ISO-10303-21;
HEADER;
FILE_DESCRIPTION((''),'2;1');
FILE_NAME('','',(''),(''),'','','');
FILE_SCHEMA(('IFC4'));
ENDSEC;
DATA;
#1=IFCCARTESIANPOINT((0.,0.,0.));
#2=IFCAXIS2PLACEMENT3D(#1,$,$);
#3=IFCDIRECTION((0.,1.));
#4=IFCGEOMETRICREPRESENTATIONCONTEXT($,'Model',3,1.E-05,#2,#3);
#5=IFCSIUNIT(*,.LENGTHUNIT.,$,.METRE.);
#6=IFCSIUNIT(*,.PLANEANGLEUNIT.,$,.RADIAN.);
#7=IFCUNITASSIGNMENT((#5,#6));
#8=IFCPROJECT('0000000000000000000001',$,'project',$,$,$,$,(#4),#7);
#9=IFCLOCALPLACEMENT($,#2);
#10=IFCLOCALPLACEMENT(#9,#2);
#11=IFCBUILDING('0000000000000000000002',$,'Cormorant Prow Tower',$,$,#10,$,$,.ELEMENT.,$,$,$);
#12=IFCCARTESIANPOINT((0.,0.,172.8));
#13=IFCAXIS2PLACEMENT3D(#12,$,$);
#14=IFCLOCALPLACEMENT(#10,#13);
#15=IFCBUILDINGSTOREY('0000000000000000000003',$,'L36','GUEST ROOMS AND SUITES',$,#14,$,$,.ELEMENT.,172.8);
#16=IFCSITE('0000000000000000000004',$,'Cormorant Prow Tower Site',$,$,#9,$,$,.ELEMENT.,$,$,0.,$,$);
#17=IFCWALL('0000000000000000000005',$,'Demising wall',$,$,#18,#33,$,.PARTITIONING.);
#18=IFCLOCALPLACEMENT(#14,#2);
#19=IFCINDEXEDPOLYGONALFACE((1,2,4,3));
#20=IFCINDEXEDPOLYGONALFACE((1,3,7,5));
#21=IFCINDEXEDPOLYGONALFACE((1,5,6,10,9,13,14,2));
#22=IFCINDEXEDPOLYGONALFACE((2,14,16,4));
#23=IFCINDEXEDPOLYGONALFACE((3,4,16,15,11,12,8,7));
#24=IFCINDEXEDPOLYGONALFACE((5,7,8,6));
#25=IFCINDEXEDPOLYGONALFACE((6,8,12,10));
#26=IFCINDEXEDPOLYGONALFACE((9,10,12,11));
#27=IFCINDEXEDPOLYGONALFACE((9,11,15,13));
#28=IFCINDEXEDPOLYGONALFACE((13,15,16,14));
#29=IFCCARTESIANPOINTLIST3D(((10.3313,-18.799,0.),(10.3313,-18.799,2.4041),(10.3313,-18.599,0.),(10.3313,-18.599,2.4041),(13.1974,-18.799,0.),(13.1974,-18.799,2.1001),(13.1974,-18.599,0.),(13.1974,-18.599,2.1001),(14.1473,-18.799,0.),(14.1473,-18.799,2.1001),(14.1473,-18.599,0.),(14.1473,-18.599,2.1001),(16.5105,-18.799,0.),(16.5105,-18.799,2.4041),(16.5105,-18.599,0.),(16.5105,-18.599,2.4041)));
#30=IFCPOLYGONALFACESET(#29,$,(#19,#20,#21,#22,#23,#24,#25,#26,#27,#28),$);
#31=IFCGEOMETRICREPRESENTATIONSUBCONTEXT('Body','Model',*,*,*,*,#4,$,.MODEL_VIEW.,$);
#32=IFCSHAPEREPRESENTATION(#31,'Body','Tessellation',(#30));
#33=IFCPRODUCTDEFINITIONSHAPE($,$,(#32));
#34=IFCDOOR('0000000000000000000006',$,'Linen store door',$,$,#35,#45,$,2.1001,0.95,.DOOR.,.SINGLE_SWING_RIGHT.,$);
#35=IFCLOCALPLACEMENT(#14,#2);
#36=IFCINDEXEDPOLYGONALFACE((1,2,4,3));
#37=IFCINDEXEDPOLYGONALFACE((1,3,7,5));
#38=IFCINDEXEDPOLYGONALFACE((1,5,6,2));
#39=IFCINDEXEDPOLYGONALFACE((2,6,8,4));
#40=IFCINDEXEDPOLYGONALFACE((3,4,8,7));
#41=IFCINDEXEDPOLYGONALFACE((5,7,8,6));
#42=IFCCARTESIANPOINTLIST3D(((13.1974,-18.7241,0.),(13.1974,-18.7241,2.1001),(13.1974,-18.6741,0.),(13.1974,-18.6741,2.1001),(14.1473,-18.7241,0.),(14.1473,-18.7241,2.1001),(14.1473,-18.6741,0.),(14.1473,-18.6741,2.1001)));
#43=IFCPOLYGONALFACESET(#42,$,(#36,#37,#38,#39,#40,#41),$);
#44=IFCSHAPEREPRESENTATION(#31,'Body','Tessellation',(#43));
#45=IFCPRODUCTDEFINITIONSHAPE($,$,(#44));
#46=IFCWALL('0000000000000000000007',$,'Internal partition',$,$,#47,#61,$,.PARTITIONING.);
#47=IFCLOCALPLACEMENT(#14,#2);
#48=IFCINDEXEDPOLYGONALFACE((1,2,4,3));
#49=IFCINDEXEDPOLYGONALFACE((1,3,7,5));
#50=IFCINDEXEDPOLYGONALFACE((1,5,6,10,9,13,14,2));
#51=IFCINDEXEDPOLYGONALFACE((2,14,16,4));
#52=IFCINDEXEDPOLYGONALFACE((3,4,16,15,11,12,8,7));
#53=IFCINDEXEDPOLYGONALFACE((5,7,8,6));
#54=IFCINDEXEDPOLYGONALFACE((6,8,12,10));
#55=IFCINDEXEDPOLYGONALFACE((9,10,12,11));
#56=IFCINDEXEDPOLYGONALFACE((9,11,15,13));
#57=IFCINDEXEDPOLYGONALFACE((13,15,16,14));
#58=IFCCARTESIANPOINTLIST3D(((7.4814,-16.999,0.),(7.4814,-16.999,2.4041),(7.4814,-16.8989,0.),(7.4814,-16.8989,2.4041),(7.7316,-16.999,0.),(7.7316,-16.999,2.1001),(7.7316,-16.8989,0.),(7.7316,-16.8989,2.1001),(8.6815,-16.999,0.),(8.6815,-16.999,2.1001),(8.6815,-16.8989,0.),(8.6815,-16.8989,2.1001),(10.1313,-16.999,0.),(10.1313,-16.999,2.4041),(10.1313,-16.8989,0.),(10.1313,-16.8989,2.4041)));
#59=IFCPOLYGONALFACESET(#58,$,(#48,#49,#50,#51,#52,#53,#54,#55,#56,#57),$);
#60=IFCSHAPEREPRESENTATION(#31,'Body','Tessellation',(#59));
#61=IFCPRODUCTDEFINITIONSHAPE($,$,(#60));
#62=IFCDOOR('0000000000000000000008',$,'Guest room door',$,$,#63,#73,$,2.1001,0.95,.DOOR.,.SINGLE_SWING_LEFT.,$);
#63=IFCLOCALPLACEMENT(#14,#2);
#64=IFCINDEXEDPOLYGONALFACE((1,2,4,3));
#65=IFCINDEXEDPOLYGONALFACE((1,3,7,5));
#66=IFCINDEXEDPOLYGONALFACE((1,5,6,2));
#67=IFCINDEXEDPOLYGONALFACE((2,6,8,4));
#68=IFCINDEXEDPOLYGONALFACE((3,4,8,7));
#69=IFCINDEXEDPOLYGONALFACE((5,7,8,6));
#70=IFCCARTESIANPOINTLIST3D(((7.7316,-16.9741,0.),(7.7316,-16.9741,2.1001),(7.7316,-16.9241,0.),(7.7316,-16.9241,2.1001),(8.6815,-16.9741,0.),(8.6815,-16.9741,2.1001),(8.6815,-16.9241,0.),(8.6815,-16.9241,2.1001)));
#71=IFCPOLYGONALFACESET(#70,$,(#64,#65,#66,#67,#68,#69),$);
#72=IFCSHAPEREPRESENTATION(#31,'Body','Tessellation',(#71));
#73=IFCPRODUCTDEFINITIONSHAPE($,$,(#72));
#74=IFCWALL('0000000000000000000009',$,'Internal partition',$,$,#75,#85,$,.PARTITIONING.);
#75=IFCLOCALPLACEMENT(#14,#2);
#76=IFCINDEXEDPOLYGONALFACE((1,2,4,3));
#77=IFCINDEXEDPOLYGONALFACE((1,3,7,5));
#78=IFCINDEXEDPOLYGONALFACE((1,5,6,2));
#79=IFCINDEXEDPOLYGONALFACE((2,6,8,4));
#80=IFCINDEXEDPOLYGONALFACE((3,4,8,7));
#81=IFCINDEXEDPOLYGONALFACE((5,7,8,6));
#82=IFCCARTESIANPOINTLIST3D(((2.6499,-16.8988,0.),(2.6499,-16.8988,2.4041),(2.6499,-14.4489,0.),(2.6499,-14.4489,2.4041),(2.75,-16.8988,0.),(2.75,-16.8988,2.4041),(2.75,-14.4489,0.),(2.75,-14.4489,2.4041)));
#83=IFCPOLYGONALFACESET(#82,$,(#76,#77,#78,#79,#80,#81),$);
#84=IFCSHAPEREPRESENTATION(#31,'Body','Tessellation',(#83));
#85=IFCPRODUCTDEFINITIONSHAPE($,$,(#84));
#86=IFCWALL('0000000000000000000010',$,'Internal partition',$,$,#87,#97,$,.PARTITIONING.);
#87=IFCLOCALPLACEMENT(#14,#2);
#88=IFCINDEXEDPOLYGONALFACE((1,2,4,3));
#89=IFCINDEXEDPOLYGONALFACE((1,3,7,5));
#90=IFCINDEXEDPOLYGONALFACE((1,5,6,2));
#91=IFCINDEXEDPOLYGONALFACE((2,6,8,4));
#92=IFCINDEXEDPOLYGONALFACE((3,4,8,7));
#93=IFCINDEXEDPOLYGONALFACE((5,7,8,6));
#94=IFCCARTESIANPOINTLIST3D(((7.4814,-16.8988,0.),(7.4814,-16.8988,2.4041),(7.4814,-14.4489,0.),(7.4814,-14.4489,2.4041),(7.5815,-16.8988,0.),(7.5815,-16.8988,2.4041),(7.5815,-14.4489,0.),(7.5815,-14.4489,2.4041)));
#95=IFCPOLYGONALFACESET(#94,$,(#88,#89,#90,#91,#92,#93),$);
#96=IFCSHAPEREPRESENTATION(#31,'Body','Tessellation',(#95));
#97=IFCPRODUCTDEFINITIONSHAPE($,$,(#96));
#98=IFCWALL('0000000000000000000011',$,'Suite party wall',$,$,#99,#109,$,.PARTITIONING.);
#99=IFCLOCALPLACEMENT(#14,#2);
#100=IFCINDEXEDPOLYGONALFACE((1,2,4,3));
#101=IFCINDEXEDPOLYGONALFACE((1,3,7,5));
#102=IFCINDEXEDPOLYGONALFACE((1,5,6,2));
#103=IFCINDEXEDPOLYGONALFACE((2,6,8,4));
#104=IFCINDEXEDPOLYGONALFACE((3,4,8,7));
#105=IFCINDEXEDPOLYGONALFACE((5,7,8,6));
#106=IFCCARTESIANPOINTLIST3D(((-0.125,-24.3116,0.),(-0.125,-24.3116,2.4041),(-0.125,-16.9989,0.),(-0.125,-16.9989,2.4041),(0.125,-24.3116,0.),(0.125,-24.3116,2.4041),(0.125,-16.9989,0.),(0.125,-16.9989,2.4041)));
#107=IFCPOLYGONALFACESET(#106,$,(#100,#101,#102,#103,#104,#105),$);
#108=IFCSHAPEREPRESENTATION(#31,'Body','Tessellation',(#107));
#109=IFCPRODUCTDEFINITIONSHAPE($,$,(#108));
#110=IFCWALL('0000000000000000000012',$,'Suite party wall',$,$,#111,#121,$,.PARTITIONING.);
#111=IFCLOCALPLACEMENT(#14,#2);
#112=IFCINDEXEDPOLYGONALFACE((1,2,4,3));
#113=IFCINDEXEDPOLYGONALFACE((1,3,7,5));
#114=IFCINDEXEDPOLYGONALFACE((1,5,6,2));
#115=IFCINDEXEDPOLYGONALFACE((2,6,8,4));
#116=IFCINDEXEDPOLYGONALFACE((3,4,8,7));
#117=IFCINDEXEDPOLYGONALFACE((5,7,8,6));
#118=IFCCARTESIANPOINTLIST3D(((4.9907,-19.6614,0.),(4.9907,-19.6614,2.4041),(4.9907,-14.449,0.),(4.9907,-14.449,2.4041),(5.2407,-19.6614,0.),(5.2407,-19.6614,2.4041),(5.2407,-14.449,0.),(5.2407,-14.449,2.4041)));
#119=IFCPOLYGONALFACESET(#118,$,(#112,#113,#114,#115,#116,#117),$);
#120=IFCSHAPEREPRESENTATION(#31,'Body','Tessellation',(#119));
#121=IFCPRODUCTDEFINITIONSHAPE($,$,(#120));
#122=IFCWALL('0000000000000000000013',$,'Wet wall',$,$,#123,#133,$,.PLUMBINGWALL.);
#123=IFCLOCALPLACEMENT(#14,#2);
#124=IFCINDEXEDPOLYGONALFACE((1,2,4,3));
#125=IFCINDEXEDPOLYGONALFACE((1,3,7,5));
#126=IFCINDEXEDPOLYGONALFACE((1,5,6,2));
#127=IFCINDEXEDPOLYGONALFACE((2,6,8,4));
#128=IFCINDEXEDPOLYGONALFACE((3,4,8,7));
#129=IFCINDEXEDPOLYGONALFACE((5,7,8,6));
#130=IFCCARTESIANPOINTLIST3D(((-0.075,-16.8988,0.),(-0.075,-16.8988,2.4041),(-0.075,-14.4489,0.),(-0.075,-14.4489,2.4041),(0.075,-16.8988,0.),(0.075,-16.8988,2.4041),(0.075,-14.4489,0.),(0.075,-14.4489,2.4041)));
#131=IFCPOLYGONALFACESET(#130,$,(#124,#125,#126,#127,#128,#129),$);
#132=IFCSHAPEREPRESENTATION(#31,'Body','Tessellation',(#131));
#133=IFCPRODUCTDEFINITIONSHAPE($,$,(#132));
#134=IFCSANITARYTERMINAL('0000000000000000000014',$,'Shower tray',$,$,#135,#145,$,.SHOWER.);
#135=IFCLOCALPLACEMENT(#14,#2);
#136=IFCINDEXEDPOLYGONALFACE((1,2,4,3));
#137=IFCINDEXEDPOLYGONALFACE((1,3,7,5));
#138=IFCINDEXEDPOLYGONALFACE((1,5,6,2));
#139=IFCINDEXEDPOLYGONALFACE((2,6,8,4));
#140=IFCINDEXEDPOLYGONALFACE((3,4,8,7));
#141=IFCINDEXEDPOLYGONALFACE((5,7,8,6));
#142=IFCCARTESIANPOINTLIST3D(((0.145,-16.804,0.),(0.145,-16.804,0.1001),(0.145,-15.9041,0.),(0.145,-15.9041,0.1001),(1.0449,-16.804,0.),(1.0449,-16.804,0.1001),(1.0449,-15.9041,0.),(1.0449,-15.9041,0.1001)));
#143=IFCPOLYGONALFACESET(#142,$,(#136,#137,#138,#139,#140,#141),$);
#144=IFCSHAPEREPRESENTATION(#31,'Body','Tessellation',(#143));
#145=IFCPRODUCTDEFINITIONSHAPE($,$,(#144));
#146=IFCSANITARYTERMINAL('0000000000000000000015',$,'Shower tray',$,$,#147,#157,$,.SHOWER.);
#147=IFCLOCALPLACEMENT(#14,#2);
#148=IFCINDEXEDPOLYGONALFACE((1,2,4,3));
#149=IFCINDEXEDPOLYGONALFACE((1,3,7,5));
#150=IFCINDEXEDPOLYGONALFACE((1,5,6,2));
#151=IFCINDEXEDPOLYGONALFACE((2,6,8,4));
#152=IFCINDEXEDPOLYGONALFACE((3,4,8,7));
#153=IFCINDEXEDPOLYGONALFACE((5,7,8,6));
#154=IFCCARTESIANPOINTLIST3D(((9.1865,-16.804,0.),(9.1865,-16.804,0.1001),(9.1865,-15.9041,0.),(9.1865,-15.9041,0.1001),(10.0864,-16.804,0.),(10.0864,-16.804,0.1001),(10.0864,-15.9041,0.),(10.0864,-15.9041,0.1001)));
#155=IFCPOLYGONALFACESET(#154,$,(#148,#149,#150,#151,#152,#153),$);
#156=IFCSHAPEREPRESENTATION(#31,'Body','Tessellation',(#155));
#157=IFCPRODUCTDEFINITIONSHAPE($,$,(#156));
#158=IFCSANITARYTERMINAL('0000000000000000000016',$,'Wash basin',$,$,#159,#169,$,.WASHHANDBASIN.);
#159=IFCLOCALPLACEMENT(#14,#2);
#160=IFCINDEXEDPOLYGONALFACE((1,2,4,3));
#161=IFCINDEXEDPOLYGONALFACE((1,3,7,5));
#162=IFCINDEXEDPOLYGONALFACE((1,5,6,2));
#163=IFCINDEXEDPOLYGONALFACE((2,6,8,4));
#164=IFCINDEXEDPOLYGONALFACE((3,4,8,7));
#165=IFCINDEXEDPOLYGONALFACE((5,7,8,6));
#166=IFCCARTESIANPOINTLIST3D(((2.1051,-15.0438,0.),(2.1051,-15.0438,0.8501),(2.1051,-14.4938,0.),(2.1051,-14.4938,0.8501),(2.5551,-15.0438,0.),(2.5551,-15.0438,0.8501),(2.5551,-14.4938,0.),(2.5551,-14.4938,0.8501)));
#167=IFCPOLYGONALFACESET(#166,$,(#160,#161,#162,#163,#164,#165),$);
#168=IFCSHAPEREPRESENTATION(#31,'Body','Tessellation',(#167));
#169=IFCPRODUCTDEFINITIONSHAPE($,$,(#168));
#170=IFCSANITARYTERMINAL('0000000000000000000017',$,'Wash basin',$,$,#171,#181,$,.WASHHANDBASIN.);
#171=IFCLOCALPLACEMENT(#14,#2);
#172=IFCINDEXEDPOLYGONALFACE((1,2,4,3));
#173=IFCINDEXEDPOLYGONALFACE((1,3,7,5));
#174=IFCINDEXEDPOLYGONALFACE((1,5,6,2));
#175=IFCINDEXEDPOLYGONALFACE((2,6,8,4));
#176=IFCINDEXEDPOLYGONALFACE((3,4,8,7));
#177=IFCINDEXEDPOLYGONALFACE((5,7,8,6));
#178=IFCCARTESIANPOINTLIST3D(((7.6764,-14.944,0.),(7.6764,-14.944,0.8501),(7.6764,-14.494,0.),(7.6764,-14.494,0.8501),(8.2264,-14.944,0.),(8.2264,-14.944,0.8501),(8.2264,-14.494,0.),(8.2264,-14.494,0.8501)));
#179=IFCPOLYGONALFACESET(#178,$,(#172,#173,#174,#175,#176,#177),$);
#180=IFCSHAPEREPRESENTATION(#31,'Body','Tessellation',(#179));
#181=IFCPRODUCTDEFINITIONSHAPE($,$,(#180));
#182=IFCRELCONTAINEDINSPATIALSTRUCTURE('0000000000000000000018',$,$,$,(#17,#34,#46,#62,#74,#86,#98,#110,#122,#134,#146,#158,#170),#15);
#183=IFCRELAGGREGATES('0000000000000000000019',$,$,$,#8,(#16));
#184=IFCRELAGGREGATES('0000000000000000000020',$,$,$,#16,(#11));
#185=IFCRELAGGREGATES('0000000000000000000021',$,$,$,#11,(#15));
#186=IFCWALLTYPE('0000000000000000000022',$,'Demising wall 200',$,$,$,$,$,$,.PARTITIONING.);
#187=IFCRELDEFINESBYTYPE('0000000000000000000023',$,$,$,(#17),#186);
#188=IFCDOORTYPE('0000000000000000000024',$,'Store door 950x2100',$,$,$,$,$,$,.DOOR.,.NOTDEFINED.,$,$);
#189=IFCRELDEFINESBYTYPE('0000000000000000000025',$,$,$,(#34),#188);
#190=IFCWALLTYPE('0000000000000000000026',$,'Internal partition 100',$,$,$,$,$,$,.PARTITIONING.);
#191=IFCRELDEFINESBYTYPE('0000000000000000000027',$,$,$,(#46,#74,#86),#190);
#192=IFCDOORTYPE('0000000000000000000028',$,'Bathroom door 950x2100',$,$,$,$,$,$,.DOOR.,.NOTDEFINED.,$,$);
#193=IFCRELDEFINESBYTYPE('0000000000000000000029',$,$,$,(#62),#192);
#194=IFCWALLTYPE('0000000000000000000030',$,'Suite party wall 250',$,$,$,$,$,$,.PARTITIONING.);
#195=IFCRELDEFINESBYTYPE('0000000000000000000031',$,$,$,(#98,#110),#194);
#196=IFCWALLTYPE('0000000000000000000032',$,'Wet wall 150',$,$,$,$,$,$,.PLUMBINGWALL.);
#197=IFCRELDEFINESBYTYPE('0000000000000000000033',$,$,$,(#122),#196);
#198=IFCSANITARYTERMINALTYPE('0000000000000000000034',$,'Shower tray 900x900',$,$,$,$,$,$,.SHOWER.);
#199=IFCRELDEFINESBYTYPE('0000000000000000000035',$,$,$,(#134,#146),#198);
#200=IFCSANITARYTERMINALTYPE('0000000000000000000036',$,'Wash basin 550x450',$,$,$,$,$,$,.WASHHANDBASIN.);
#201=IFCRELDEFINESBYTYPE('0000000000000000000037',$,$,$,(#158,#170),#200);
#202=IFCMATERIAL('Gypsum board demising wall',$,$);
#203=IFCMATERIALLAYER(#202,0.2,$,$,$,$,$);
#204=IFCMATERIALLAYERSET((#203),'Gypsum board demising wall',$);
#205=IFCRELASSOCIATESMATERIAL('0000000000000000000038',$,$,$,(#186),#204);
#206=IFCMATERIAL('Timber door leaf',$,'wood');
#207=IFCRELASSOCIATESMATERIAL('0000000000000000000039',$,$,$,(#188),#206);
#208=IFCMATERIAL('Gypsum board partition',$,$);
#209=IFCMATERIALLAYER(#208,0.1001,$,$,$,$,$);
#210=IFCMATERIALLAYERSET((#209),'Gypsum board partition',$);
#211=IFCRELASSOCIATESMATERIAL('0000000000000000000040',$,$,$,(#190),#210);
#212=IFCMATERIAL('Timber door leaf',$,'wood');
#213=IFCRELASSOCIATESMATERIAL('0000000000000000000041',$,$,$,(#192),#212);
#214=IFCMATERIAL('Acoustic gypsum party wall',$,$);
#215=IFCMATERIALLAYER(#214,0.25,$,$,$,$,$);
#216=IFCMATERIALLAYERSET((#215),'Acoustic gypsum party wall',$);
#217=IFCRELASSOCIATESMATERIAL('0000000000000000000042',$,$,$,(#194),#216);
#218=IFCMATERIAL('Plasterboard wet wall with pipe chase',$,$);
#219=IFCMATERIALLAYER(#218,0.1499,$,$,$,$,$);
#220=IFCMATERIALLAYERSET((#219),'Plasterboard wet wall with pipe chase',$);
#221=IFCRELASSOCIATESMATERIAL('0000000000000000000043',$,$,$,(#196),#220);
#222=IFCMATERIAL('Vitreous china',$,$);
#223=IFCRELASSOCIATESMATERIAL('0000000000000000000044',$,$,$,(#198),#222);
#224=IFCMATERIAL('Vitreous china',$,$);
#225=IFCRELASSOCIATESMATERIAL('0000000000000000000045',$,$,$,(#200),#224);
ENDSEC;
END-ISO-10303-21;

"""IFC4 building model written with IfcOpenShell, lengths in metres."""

from ifc_helpers import new_model, si_unit, direction, frame, frame_2d, origin, origin_2d, place, context, subcontext, project, spatial, rectangle, extrude, material, layer, layer_set, type_object, element, fill, save


model = new_model("IFC4")

# Units and contexts
model_context = context("Model", 3, precision=1e-05, world=origin(), true_north=direction((0.0, 1.0)))
body_context = subcontext(model_context, "Body", "Model", "MODEL_VIEW")
ifc_project = project(units=[si_unit("LENGTHUNIT", "METRE"), si_unit("PLANEANGLEUNIT", "RADIAN")], contexts=[model_context])

# Site, building, storey
site_placement = place(None, origin())
site = spatial("IfcSite", under=ifc_project, at=site_placement, Name="Cormorant Prow Tower Site", CompositionType="ELEMENT", RefElevation=0.0)
building_placement = place(site_placement, origin())
building = spatial("IfcBuilding", under=site, at=building_placement, Name="Cormorant Prow Tower", CompositionType="ELEMENT")
storey_placement = place(building_placement, frame((0.0, 0.0, 172.8)))
storey = spatial("IfcBuildingStorey", under=building, at=storey_placement, Name="L36", Description="GUEST ROOMS AND SUITES", CompositionType="ELEMENT", Elevation=172.8)

# Shared definitions
ifc_material_1 = material(Name="Gypsum board demising wall")
ifc_layer_1 = layer(ifc_material_1, 0.2)
ifc_layer_set_1 = layer_set([ifc_layer_1], Name="Gypsum board demising wall")
wall_type_1 = type_object("IfcWallType", Name="Demising wall 200", PredefinedType="PARTITIONING", material=ifc_layer_set_1)

# Walls, openings, doors
wall_1_placement = place(storey_placement, frame((10.3313, -18.699, 0.0), z_axis=(0.0, 0.0, 1.0), x_axis=(1.0, 0.0, 0.0)))
wall_1 = element("IfcWall", 1, at=wall_1_placement, inside=storey, type_object=wall_type_1, Name="Demising wall", PredefinedType="PARTITIONING", context=body_context, shape_type="SweptSolid", body=[
    extrude(rectangle(XDim=6.1792, YDim=0.2, at=frame_2d((3.0896, 0.0))), origin(), (0.0, 0.0, 1.0), 2.4041),
])
opening_1_placement = place(wall_1_placement, frame((2.866, 0.0, 0.0)))
opening_1 = element("IfcOpeningElement", 2, at=opening_1_placement, cuts=wall_1, PredefinedType="OPENING", context=body_context, shape_type="SweptSolid", body=[
    extrude(rectangle(XDim=0.95, YDim=2.1001, at=frame_2d((0.4751, 1.05))), frame((0.0, 0.1099, 0.0), z_axis=(0.0, -1.0, 0.0), x_axis=(1.0, 0.0, 0.0)), (0.0, 0.0, 1.0), 0.22),
])
ifc_material_2 = material(Name="Timber door leaf", Category="wood")
door_type_1 = type_object("IfcDoorType", Name="Store door 950x2100", OperationType="NOTDEFINED", PredefinedType="DOOR", material=ifc_material_2)
door_1_placement = place(opening_1_placement, origin())
door_1 = element("IfcDoor", 3, at=door_1_placement, inside=storey, type_object=door_type_1, Name="Linen store door", OperationType="SINGLE_SWING_RIGHT", OverallHeight=2.1001, OverallWidth=0.95, PredefinedType="DOOR", context=body_context, shape_type="SweptSolid", body=[
    extrude(rectangle(XDim=0.95, YDim=2.1001, at=frame_2d((0.4751, 1.05))), frame((0.0, 0.0249, 0.0), z_axis=(0.0, -1.0, 0.0), x_axis=(1.0, 0.0, 0.0)), (0.0, 0.0, 1.0), 0.05),
])
fill(opening_1, door_1)
ifc_material_3 = material(Name="Gypsum board partition")
ifc_layer_2 = layer(ifc_material_3, 0.1001)
ifc_layer_set_2 = layer_set([ifc_layer_2], Name="Gypsum board partition")
wall_type_2 = type_object("IfcWallType", Name="Internal partition 100", PredefinedType="PARTITIONING", material=ifc_layer_set_2)
wall_2_placement = place(storey_placement, frame((7.4814, -16.949, 0.0), z_axis=(0.0, 0.0, 1.0), x_axis=(1.0, 0.0, 0.0)))
wall_2 = element("IfcWall", 4, at=wall_2_placement, inside=storey, type_object=wall_type_2, Name="Internal partition", PredefinedType="PARTITIONING", context=body_context, shape_type="SweptSolid", body=[
    extrude(rectangle(XDim=2.6499, YDim=0.1001, at=frame_2d((1.325, 0.0))), origin(), (0.0, 0.0, 1.0), 2.4041),
])
opening_2_placement = place(wall_2_placement, frame((0.25, 0.0, 0.0)))
opening_2 = element("IfcOpeningElement", 5, at=opening_2_placement, cuts=wall_2, PredefinedType="OPENING", context=body_context, shape_type="SweptSolid", body=[
    extrude(rectangle(XDim=0.95, YDim=2.1001, at=frame_2d((0.4751, 1.05))), frame((0.0, 0.0601, 0.0), z_axis=(0.0, -1.0, 0.0), x_axis=(1.0, 0.0, 0.0)), (0.0, 0.0, 1.0), 0.1201),
])
ifc_material_4 = material(Name="Timber door leaf", Category="wood")
door_type_2 = type_object("IfcDoorType", Name="Bathroom door 950x2100", OperationType="NOTDEFINED", PredefinedType="DOOR", material=ifc_material_4)
door_2_placement = place(opening_2_placement, origin())
door_2 = element("IfcDoor", 6, at=door_2_placement, inside=storey, type_object=door_type_2, Name="Guest room door", OperationType="SINGLE_SWING_LEFT", OverallHeight=2.1001, OverallWidth=0.95, PredefinedType="DOOR", context=body_context, shape_type="SweptSolid", body=[
    extrude(rectangle(XDim=0.95, YDim=2.1001, at=frame_2d((0.4751, 1.05))), frame((0.0, 0.0249, 0.0), z_axis=(0.0, -1.0, 0.0), x_axis=(1.0, 0.0, 0.0)), (0.0, 0.0, 1.0), 0.05),
])
fill(opening_2, door_2)

# Walls
for number, where, z_axis, x_axis, name in (
    (7, (2.7, -16.8989, 0.0), (0.0, 0.0, 1.0), (0.0, 1.0, 0.0), "Internal partition"),
    (8, (7.5315, -16.8989, 0.0), (0.0, 0.0, 1.0), (0.0, 1.0, 0.0), "Internal partition"),
):
    element("IfcWall", number, at=place(storey_placement, frame(where, z_axis=z_axis, x_axis=x_axis)), inside=storey, type_object=wall_type_2, Name=name, PredefinedType="PARTITIONING", context=body_context, shape_type="SweptSolid", body=[
        extrude(rectangle(XDim=2.45, YDim=0.1001, at=frame_2d((1.2251, 0.0))), origin(), (0.0, 0.0, 1.0), 2.4041),
    ])
ifc_material_5 = material(Name="Acoustic gypsum party wall")
ifc_layer_3 = layer(ifc_material_5, 0.25)
ifc_layer_set_3 = layer_set([ifc_layer_3], Name="Acoustic gypsum party wall")
wall_type_3 = type_object("IfcWallType", Name="Suite party wall 250", PredefinedType="PARTITIONING", material=ifc_layer_set_3)
wall_3_placement = place(storey_placement, frame((0.0, -24.3115, 0.0), z_axis=(0.0, 0.0, 1.0), x_axis=(0.0, 1.0, 0.0)))
element("IfcWall", 9, at=wall_3_placement, inside=storey, type_object=wall_type_3, Name="Suite party wall", PredefinedType="PARTITIONING", context=body_context, shape_type="SweptSolid", body=[
    extrude(rectangle(XDim=7.3127, YDim=0.25, at=frame_2d((3.6562, 0.0))), origin(), (0.0, 0.0, 1.0), 2.4041),
])
wall_4_placement = place(storey_placement, frame((5.1157, -19.6614, 0.0), z_axis=(0.0, 0.0, 1.0), x_axis=(0.0, 1.0, 0.0)))
element("IfcWall", 10, at=wall_4_placement, inside=storey, type_object=wall_type_3, Name="Suite party wall", PredefinedType="PARTITIONING", context=body_context, shape_type="SweptSolid", body=[
    extrude(rectangle(XDim=5.2124, YDim=0.25, at=frame_2d((2.6062, 0.0))), origin(), (0.0, 0.0, 1.0), 2.4041),
])

# Wall
ifc_material_6 = material(Name="Plasterboard wet wall with pipe chase")
ifc_layer_4 = layer(ifc_material_6, 0.1499)
ifc_layer_set_4 = layer_set([ifc_layer_4], Name="Plasterboard wet wall with pipe chase")
wall_type_4 = type_object("IfcWallType", Name="Wet wall 150", PredefinedType="PLUMBINGWALL", material=ifc_layer_set_4)
wall_5_placement = place(storey_placement, frame((0.0, -16.8989, 0.0), z_axis=(0.0, 0.0, 1.0), x_axis=(0.0, 1.0, 0.0)))
element("IfcWall", 11, at=wall_5_placement, inside=storey, type_object=wall_type_4, Name="Wet wall", PredefinedType="PLUMBINGWALL", context=body_context, shape_type="SweptSolid", body=[
    extrude(rectangle(XDim=2.45, YDim=0.1499, at=frame_2d((1.2251, 0.0))), origin(), (0.0, 0.0, 1.0), 2.4041),
])

# Sanitary terminals
ifc_material_7 = material(Name="Vitreous china")
sanitary_terminal_type_1 = type_object("IfcSanitaryTerminalType", Name="Shower tray 900x900", PredefinedType="SHOWER", material=ifc_material_7)
for number, where, z_axis, x_axis, name in (
    (12, (0.595, -16.354, 0.0), (0.0, 0.0, 1.0), (0.0, 1.0, 0.0), "Shower tray"),
    (13, (9.6365, -16.354, 0.0), (0.0, 0.0, 1.0), (-1.0, 0.0, 0.0), "Shower tray"),
):
    element("IfcSanitaryTerminal", number, at=place(storey_placement, frame(where, z_axis=z_axis, x_axis=x_axis)), inside=storey, type_object=sanitary_terminal_type_1, Name=name, PredefinedType="SHOWER", context=body_context, shape_type="SweptSolid", body=[
        extrude(rectangle(XDim=0.8999, YDim=0.8999, at=origin_2d()), origin(), (0.0, 0.0, 1.0), 0.1001),
    ])
ifc_material_8 = material(Name="Vitreous china")
sanitary_terminal_type_2 = type_object("IfcSanitaryTerminalType", Name="Wash basin 550x450", PredefinedType="WASHHANDBASIN", material=ifc_material_8)
for number, where, z_axis, x_axis, name in (
    (14, (2.3301, -14.7688, 0.0), (0.0, 0.0, 1.0), (0.0, -1.0, 0.0), "Wash basin"),
    (15, (7.9514, -14.719, 0.0), (0.0, 0.0, 1.0), (1.0, 0.0, 0.0), "Wash basin"),
):
    element("IfcSanitaryTerminal", number, at=place(storey_placement, frame(where, z_axis=z_axis, x_axis=x_axis)), inside=storey, type_object=sanitary_terminal_type_2, Name=name, PredefinedType="WASHHANDBASIN", context=body_context, shape_type="SweptSolid", body=[
        extrude(rectangle(XDim=0.55, YDim=0.45, at=origin_2d()), origin(), (0.0, 0.0, 1.0), 0.8501),
    ])

save(model, "model.ifc")
